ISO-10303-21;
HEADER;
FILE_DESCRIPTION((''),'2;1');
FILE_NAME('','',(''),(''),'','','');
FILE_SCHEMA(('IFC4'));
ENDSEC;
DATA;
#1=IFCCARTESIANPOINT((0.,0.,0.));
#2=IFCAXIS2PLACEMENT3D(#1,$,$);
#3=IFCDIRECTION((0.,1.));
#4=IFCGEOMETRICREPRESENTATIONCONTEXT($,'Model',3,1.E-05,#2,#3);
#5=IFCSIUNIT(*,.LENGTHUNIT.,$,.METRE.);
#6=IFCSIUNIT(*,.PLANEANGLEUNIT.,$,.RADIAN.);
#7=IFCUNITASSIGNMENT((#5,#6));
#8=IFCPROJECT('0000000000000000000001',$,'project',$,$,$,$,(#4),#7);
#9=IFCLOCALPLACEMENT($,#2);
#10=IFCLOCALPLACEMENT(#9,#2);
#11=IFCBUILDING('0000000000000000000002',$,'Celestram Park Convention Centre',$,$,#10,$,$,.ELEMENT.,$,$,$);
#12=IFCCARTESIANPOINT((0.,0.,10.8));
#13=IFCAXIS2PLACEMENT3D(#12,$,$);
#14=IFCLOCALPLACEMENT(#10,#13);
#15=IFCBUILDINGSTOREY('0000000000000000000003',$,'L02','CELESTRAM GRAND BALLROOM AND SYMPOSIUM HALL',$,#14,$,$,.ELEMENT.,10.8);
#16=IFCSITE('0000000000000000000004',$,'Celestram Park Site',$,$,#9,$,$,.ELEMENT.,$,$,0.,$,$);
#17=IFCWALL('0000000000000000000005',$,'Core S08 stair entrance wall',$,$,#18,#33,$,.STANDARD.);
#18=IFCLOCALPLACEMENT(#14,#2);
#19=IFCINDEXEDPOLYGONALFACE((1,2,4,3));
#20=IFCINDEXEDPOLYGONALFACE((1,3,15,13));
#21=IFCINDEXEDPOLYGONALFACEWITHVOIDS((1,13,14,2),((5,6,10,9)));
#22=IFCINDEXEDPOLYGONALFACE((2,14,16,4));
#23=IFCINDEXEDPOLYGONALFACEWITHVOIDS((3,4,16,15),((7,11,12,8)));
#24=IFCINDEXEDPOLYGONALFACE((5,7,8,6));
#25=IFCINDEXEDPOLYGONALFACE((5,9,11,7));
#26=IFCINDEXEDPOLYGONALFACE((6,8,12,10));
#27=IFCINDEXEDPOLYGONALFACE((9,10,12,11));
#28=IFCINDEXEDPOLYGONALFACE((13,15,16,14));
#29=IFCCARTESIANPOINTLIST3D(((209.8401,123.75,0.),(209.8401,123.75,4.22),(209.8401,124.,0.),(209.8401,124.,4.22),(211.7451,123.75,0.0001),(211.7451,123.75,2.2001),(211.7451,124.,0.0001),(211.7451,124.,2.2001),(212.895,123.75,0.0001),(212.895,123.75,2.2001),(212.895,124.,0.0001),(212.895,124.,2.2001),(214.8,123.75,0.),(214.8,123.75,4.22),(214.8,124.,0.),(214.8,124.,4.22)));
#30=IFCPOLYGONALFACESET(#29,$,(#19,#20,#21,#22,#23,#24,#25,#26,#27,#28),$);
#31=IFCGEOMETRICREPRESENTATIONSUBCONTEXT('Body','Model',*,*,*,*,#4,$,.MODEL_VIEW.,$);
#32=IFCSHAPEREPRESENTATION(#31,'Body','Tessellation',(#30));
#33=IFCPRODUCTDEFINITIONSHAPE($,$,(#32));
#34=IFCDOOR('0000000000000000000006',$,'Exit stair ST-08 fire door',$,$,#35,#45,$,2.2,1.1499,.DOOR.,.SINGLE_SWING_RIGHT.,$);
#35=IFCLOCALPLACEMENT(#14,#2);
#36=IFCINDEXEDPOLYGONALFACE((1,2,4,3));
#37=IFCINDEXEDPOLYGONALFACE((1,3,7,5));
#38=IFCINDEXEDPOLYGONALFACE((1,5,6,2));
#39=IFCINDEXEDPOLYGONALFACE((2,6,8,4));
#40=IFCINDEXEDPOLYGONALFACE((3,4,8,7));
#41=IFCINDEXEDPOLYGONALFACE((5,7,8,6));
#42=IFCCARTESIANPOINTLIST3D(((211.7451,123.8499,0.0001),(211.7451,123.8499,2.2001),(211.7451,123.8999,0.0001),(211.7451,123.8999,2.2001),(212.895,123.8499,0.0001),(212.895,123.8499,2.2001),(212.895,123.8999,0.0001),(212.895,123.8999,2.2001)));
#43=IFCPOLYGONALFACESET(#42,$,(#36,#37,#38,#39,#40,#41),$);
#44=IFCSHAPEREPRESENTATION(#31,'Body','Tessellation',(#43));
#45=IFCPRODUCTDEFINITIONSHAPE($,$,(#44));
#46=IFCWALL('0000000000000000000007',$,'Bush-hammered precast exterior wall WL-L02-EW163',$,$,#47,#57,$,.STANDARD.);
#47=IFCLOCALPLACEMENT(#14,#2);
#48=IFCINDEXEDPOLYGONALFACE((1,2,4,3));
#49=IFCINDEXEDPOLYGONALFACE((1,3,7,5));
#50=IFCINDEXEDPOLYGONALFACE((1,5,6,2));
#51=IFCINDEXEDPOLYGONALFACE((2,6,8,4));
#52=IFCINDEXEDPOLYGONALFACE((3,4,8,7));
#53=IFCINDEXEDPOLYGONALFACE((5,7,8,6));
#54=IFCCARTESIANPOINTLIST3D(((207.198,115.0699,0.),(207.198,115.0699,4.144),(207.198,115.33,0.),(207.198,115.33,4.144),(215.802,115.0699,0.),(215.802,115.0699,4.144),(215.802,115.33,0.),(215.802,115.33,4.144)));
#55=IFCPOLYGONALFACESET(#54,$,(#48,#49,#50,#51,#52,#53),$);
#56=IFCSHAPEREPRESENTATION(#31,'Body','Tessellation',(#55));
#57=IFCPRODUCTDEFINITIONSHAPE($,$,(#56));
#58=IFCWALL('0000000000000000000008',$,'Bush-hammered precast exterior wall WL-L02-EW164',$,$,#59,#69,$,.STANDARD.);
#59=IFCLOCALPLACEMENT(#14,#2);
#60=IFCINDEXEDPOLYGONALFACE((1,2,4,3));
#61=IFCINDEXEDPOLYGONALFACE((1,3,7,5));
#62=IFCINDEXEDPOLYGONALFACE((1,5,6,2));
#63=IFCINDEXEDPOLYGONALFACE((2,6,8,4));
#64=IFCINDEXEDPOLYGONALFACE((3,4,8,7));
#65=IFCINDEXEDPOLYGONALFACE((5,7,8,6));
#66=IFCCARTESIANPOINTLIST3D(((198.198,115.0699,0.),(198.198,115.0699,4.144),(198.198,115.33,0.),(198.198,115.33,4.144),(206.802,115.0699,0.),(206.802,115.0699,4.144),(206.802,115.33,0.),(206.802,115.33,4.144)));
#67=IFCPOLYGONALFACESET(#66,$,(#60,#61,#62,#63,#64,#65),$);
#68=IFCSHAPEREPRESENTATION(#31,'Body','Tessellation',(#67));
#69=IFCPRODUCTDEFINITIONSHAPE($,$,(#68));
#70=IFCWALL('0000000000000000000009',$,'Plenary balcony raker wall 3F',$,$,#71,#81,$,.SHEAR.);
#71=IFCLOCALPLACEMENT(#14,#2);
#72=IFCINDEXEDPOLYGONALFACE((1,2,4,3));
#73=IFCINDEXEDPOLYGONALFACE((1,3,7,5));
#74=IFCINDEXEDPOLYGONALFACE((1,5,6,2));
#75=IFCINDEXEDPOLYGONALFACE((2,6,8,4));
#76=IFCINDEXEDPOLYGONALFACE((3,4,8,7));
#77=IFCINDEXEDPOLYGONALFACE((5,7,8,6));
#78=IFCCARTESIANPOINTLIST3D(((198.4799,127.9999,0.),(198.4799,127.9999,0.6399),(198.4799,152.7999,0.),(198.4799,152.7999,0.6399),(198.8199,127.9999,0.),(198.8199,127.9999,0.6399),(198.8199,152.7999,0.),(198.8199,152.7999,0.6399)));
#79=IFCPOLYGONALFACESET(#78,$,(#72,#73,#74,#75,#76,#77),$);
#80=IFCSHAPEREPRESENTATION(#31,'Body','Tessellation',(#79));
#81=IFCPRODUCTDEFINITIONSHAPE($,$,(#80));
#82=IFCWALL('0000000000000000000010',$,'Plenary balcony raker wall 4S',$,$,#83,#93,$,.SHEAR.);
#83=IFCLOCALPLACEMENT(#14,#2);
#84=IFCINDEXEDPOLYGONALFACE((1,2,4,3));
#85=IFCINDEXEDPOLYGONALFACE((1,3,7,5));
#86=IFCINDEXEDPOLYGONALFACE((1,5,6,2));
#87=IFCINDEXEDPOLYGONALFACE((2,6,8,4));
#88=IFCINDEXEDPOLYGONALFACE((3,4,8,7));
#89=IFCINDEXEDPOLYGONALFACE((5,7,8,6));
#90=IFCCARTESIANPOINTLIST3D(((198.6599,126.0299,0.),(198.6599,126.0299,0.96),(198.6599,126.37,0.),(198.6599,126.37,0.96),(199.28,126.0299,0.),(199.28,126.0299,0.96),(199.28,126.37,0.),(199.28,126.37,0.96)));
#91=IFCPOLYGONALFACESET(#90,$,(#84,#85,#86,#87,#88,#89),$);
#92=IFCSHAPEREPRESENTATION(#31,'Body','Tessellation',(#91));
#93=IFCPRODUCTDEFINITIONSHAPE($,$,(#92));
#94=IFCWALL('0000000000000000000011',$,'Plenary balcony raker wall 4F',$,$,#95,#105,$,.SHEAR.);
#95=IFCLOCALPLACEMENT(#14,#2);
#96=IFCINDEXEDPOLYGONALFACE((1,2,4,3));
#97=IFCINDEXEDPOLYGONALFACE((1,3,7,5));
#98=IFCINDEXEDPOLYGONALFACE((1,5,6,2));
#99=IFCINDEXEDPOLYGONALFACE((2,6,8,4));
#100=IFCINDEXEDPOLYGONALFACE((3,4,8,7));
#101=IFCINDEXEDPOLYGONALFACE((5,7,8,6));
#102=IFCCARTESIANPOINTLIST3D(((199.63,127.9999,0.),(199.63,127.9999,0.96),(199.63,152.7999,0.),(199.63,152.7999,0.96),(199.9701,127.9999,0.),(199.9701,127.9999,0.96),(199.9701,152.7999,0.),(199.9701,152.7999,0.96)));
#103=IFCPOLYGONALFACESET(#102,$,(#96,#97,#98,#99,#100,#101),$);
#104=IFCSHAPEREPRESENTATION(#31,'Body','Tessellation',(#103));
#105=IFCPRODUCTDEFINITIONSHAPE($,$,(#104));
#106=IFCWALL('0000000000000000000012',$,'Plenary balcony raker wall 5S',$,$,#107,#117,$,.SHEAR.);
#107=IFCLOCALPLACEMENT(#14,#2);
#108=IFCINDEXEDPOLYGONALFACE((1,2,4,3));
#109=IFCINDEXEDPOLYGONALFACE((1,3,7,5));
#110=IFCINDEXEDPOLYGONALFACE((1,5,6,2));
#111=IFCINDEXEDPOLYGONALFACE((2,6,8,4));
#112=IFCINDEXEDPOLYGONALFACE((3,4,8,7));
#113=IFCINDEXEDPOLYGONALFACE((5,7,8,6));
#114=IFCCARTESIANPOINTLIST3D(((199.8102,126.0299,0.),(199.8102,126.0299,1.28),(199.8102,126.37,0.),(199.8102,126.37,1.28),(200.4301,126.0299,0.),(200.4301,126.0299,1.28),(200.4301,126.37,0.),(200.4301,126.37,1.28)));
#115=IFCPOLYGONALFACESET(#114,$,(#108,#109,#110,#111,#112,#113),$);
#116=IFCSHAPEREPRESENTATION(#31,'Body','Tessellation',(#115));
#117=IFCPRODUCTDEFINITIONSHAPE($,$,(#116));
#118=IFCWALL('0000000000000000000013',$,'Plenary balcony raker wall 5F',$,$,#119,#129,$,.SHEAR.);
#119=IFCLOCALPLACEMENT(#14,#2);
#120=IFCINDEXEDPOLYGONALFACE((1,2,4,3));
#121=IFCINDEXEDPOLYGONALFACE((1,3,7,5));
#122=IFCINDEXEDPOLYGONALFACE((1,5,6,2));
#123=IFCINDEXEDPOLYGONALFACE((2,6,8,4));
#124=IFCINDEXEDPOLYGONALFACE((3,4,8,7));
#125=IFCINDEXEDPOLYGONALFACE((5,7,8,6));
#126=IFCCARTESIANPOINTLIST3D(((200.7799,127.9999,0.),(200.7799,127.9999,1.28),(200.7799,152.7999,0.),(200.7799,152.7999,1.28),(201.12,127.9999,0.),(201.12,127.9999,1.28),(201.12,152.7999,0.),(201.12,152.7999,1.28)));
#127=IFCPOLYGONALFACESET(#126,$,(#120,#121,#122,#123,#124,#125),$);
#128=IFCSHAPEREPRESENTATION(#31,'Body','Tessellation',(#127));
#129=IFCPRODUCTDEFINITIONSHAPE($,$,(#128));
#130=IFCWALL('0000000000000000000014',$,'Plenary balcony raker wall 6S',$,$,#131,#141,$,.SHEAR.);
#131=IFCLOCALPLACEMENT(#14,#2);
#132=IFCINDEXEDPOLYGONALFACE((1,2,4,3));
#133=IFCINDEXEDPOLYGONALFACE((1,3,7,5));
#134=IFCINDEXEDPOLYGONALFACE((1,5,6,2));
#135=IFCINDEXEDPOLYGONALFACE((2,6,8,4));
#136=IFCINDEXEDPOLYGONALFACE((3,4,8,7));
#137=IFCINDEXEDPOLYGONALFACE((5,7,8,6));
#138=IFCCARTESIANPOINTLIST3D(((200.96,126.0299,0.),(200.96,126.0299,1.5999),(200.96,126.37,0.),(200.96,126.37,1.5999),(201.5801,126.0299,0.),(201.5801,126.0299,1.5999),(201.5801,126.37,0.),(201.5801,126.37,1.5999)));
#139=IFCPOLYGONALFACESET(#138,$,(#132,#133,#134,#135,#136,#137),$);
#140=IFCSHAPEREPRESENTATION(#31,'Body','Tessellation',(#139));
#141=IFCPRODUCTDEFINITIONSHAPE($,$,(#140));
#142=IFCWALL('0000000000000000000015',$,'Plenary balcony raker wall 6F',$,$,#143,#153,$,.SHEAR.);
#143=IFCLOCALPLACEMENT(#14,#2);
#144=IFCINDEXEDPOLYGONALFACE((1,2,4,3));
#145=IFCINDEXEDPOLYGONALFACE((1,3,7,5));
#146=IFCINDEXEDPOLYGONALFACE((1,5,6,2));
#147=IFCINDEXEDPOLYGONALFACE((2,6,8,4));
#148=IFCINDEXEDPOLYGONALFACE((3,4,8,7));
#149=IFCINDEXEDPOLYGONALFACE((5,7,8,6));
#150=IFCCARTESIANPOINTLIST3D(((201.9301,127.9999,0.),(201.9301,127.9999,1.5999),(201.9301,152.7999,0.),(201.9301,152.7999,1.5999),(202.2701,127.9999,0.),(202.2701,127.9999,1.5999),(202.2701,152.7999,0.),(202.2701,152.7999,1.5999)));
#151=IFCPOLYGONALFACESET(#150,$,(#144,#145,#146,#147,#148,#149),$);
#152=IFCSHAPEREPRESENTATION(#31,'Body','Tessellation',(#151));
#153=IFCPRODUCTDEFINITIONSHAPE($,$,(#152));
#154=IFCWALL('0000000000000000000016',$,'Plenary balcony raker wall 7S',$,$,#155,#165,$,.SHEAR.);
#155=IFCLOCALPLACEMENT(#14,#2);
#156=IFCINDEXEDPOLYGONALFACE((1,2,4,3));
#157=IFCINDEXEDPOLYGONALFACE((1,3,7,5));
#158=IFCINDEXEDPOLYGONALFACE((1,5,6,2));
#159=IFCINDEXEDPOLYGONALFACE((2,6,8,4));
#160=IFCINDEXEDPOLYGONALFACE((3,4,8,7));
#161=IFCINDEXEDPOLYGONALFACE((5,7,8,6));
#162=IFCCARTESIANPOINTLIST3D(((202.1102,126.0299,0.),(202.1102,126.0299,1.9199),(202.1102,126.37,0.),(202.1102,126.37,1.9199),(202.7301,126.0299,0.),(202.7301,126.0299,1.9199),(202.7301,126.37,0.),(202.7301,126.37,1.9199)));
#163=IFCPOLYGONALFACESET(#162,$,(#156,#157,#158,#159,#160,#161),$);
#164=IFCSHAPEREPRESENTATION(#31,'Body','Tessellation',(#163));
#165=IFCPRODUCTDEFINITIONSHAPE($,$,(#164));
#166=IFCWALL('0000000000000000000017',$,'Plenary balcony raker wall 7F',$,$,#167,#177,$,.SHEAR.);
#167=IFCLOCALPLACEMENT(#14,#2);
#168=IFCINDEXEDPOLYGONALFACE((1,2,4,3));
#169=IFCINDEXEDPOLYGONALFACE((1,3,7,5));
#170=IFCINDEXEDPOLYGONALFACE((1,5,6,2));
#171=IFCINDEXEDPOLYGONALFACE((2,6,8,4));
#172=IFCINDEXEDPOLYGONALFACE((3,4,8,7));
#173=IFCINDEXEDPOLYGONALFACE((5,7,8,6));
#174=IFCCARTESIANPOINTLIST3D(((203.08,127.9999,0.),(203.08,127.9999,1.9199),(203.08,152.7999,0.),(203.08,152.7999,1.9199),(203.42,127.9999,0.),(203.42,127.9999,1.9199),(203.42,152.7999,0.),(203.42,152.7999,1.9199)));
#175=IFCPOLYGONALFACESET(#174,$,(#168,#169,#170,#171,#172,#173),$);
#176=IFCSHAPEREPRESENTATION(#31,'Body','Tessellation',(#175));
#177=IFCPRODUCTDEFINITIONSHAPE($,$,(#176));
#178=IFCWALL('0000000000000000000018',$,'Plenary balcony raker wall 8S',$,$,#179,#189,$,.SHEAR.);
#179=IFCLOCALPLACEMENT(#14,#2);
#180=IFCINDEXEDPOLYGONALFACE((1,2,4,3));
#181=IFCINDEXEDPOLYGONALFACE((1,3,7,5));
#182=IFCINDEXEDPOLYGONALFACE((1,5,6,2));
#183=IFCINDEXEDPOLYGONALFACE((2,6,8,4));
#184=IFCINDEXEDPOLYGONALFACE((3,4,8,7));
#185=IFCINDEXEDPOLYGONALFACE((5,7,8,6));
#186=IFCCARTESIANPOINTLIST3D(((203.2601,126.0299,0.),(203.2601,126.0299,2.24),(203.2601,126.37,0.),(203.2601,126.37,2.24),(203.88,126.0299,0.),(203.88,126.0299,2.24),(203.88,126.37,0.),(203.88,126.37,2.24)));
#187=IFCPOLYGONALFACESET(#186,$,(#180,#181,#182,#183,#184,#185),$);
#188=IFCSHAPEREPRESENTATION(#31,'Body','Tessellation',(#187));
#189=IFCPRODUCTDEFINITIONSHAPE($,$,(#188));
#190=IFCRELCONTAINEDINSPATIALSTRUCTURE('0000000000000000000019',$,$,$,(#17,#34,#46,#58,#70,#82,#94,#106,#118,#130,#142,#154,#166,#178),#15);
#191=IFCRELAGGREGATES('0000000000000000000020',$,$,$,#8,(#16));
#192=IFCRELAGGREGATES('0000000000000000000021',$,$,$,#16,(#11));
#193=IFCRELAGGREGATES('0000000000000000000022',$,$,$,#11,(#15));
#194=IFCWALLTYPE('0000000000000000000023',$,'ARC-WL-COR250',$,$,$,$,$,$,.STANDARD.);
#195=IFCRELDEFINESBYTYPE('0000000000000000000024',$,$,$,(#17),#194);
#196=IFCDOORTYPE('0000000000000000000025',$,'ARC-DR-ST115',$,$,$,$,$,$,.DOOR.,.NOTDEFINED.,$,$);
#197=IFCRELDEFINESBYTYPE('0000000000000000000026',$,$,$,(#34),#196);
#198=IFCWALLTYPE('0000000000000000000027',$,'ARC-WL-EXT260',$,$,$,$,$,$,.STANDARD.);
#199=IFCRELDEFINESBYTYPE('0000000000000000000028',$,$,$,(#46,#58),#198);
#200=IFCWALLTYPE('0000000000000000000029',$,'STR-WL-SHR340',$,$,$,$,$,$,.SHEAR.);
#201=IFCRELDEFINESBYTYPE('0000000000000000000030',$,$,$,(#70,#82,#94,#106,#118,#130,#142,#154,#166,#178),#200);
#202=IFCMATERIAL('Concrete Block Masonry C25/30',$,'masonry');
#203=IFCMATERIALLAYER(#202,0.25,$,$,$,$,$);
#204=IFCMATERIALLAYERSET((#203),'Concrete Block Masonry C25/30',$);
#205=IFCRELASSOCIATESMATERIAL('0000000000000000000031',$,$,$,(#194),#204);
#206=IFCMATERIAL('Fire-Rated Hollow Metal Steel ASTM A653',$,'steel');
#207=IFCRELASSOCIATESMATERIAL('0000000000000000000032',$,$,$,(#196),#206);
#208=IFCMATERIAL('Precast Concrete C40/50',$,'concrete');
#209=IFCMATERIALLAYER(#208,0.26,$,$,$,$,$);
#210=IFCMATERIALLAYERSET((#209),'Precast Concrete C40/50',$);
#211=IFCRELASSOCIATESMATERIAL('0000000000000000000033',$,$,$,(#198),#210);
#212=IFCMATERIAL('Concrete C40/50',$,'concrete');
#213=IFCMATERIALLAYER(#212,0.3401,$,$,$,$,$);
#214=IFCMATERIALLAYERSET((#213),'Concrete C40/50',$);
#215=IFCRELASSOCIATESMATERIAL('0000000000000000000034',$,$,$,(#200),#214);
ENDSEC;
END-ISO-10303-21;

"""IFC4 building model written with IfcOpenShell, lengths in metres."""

from ifc_helpers import new_model, si_unit, direction, frame, frame_2d, origin, place, context, subcontext, project, spatial, rectangle, extrude, material, layer, layer_set, type_object, element, fill, save


model = new_model("IFC4")

# Units and contexts
model_context = context("Model", 3, precision=1e-05, world=origin(), true_north=direction((0.0, 1.0)))
body_context = subcontext(model_context, "Body", "Model", "MODEL_VIEW")
ifc_project = project(units=[si_unit("LENGTHUNIT", "METRE"), si_unit("PLANEANGLEUNIT", "RADIAN")], contexts=[model_context])

# Site, building, storey
site_placement = place(None, origin())
site = spatial("IfcSite", under=ifc_project, at=site_placement, Name="Celestram Park Site", CompositionType="ELEMENT", RefElevation=0.0)
building_placement = place(site_placement, origin())
building = spatial("IfcBuilding", under=site, at=building_placement, Name="Celestram Park Convention Centre", CompositionType="ELEMENT")
storey_placement = place(building_placement, frame((0.0, 0.0, 10.8)))
storey = spatial("IfcBuildingStorey", under=building, at=storey_placement, Name="L02", Description="CELESTRAM GRAND BALLROOM AND SYMPOSIUM HALL", CompositionType="ELEMENT", Elevation=10.8)

# Wall, opening, door
ifc_material_1 = material(Name="Concrete Block Masonry C25/30", Category="masonry")
ifc_layer_1 = layer(ifc_material_1, 0.25)
ifc_layer_set_1 = layer_set([ifc_layer_1], Name="Concrete Block Masonry C25/30")
wall_type_1 = type_object("IfcWallType", Name="ARC-WL-COR250", PredefinedType="STANDARD", material=ifc_layer_set_1)
wall_1_placement = place(storey_placement, frame((209.8401, 123.875, 0.0), z_axis=(0.0, 0.0, 1.0), x_axis=(1.0, 0.0, 0.0)))
wall_1 = element("IfcWall", 1, at=wall_1_placement, inside=storey, type_object=wall_type_1, Name="Core S08 stair entrance wall", PredefinedType="STANDARD", context=body_context, shape_type="SweptSolid", body=[
    extrude(rectangle(XDim=4.96, YDim=0.25, at=frame_2d((2.48, 0.0))), origin(), (0.0, 0.0, 1.0), 4.22),
])
opening_placement = place(wall_1_placement, frame((1.905, 0.0, 0.0)))
opening = element("IfcOpeningElement", 2, at=opening_placement, cuts=wall_1, PredefinedType="OPENING", context=body_context, shape_type="SweptSolid", body=[
    extrude(rectangle(XDim=1.1499, YDim=2.2, at=frame_2d((0.575, 1.1001))), frame((0.0, 0.135, 0.0), z_axis=(0.0, -1.0, 0.0), x_axis=(1.0, 0.0, 0.0)), (0.0, 0.0, 1.0), 0.27),
])
ifc_material_2 = material(Name="Fire-Rated Hollow Metal Steel ASTM A653", Category="steel")
door_type = type_object("IfcDoorType", Name="ARC-DR-ST115", OperationType="NOTDEFINED", PredefinedType="DOOR", material=ifc_material_2)
door_placement = place(opening_placement, origin())
door = element("IfcDoor", 3, at=door_placement, inside=storey, type_object=door_type, Name="Exit stair ST-08 fire door", OperationType="SINGLE_SWING_RIGHT", OverallHeight=2.2, OverallWidth=1.1499, PredefinedType="DOOR", context=body_context, shape_type="SweptSolid", body=[
    extrude(rectangle(XDim=1.1499, YDim=2.2, at=frame_2d((0.575, 1.1001))), frame((0.0, 0.0249, 0.0), z_axis=(0.0, -1.0, 0.0), x_axis=(1.0, 0.0, 0.0)), (0.0, 0.0, 1.0), 0.05),
])
fill(opening, door)

# Walls
ifc_material_3 = material(Name="Precast Concrete C40/50", Category="concrete")
ifc_layer_2 = layer(ifc_material_3, 0.26)
ifc_layer_set_2 = layer_set([ifc_layer_2], Name="Precast Concrete C40/50")
wall_type_2 = type_object("IfcWallType", Name="ARC-WL-EXT260", PredefinedType="STANDARD", material=ifc_layer_set_2)
for number, where, z_axis, x_axis, name in (
    (4, (215.802, 115.2, 0.0), (0.0, 0.0, 1.0), (-1.0, 0.0, 0.0), "Bush-hammered precast exterior wall WL-L02-EW163"),
    (5, (206.802, 115.2, 0.0), (0.0, 0.0, 1.0), (-1.0, 0.0, 0.0), "Bush-hammered precast exterior wall WL-L02-EW164"),
):
    element("IfcWall", number, at=place(storey_placement, frame(where, z_axis=z_axis, x_axis=x_axis)), inside=storey, type_object=wall_type_2, Name=name, PredefinedType="STANDARD", context=body_context, shape_type="SweptSolid", body=[
        extrude(rectangle(XDim=8.604, YDim=0.26, at=frame_2d((4.302, 0.0))), origin(), (0.0, 0.0, 1.0), 4.144),
    ])
ifc_material_4 = material(Name="Concrete C40/50", Category="concrete")
ifc_layer_3 = layer(ifc_material_4, 0.3401)
ifc_layer_set_3 = layer_set([ifc_layer_3], Name="Concrete C40/50")
wall_type_3 = type_object("IfcWallType", Name="STR-WL-SHR340", PredefinedType="SHEAR", material=ifc_layer_set_3)
wall_2_placement = place(storey_placement, frame((198.6499, 128.0, 0.0), z_axis=(0.0, 0.0, 1.0), x_axis=(0.0, 1.0, 0.0)))
element("IfcWall", 6, at=wall_2_placement, inside=storey, type_object=wall_type_3, Name="Plenary balcony raker wall 3F", PredefinedType="SHEAR", context=body_context, shape_type="SweptSolid", body=[
    extrude(rectangle(XDim=24.8, YDim=0.3401, at=frame_2d((12.3999, 0.0))), origin(), (0.0, 0.0, 1.0), 0.6399),
])
wall_3_placement = place(storey_placement, frame((198.6599, 126.2, 0.0), z_axis=(0.0, 0.0, 1.0), x_axis=(1.0, 0.0, 0.0)))
element("IfcWall", 7, at=wall_3_placement, inside=storey, type_object=wall_type_3, Name="Plenary balcony raker wall 4S", PredefinedType="SHEAR", context=body_context, shape_type="SweptSolid", body=[
    extrude(rectangle(XDim=0.6201, YDim=0.3401, at=frame_2d((0.3101, 0.0))), origin(), (0.0, 0.0, 1.0), 0.96),
])
wall_4_placement = place(storey_placement, frame((199.8, 128.0, 0.0), z_axis=(0.0, 0.0, 1.0), x_axis=(0.0, 1.0, 0.0)))
element("IfcWall", 8, at=wall_4_placement, inside=storey, type_object=wall_type_3, Name="Plenary balcony raker wall 4F", PredefinedType="SHEAR", context=body_context, shape_type="SweptSolid", body=[
    extrude(rectangle(XDim=24.8, YDim=0.3401, at=frame_2d((12.3999, 0.0))), origin(), (0.0, 0.0, 1.0), 0.96),
])
wall_5_placement = place(storey_placement, frame((199.8101, 126.2, 0.0), z_axis=(0.0, 0.0, 1.0), x_axis=(1.0, 0.0, 0.0)))
element("IfcWall", 9, at=wall_5_placement, inside=storey, type_object=wall_type_3, Name="Plenary balcony raker wall 5S", PredefinedType="SHEAR", context=body_context, shape_type="SweptSolid", body=[
    extrude(rectangle(XDim=0.6199, YDim=0.3401, at=frame_2d((0.3101, 0.0))), origin(), (0.0, 0.0, 1.0), 1.28),
])
wall_6_placement = place(storey_placement, frame((200.95, 128.0, 0.0), z_axis=(0.0, 0.0, 1.0), x_axis=(0.0, 1.0, 0.0)))
element("IfcWall", 10, at=wall_6_placement, inside=storey, type_object=wall_type_3, Name="Plenary balcony raker wall 5F", PredefinedType="SHEAR", context=body_context, shape_type="SweptSolid", body=[
    extrude(rectangle(XDim=24.8, YDim=0.3401, at=frame_2d((12.3999, 0.0))), origin(), (0.0, 0.0, 1.0), 1.28),
])
wall_7_placement = place(storey_placement, frame((200.96, 126.2, 0.0), z_axis=(0.0, 0.0, 1.0), x_axis=(1.0, 0.0, 0.0)))
element("IfcWall", 11, at=wall_7_placement, inside=storey, type_object=wall_type_3, Name="Plenary balcony raker wall 6S", PredefinedType="SHEAR", context=body_context, shape_type="SweptSolid", body=[
    extrude(rectangle(XDim=0.6201, YDim=0.3401, at=frame_2d((0.3101, 0.0))), origin(), (0.0, 0.0, 1.0), 1.5999),
])
wall_8_placement = place(storey_placement, frame((202.1001, 128.0, 0.0), z_axis=(0.0, 0.0, 1.0), x_axis=(0.0, 1.0, 0.0)))
element("IfcWall", 12, at=wall_8_placement, inside=storey, type_object=wall_type_3, Name="Plenary balcony raker wall 6F", PredefinedType="SHEAR", context=body_context, shape_type="SweptSolid", body=[
    extrude(rectangle(XDim=24.8, YDim=0.3401, at=frame_2d((12.3999, 0.0))), origin(), (0.0, 0.0, 1.0), 1.5999),
])
wall_9_placement = place(storey_placement, frame((202.1101, 126.2, 0.0), z_axis=(0.0, 0.0, 1.0), x_axis=(1.0, 0.0, 0.0)))
element("IfcWall", 13, at=wall_9_placement, inside=storey, type_object=wall_type_3, Name="Plenary balcony raker wall 7S", PredefinedType="SHEAR", context=body_context, shape_type="SweptSolid", body=[
    extrude(rectangle(XDim=0.6199, YDim=0.3401, at=frame_2d((0.3101, 0.0))), origin(), (0.0, 0.0, 1.0), 1.9199),
])
wall_10_placement = place(storey_placement, frame((203.25, 128.0, 0.0), z_axis=(0.0, 0.0, 1.0), x_axis=(0.0, 1.0, 0.0)))
element("IfcWall", 14, at=wall_10_placement, inside=storey, type_object=wall_type_3, Name="Plenary balcony raker wall 7F", PredefinedType="SHEAR", context=body_context, shape_type="SweptSolid", body=[
    extrude(rectangle(XDim=24.8, YDim=0.3401, at=frame_2d((12.3999, 0.0))), origin(), (0.0, 0.0, 1.0), 1.9199),
])
wall_11_placement = place(storey_placement, frame((203.26, 126.2, 0.0), z_axis=(0.0, 0.0, 1.0), x_axis=(1.0, 0.0, 0.0)))
element("IfcWall", 15, at=wall_11_placement, inside=storey, type_object=wall_type_3, Name="Plenary balcony raker wall 8S", PredefinedType="SHEAR", context=body_context, shape_type="SweptSolid", body=[
    extrude(rectangle(XDim=0.6199, YDim=0.3401, at=frame_2d((0.3101, 0.0))), origin(), (0.0, 0.0, 1.0), 2.24),
])

save(model, "model.ifc")
